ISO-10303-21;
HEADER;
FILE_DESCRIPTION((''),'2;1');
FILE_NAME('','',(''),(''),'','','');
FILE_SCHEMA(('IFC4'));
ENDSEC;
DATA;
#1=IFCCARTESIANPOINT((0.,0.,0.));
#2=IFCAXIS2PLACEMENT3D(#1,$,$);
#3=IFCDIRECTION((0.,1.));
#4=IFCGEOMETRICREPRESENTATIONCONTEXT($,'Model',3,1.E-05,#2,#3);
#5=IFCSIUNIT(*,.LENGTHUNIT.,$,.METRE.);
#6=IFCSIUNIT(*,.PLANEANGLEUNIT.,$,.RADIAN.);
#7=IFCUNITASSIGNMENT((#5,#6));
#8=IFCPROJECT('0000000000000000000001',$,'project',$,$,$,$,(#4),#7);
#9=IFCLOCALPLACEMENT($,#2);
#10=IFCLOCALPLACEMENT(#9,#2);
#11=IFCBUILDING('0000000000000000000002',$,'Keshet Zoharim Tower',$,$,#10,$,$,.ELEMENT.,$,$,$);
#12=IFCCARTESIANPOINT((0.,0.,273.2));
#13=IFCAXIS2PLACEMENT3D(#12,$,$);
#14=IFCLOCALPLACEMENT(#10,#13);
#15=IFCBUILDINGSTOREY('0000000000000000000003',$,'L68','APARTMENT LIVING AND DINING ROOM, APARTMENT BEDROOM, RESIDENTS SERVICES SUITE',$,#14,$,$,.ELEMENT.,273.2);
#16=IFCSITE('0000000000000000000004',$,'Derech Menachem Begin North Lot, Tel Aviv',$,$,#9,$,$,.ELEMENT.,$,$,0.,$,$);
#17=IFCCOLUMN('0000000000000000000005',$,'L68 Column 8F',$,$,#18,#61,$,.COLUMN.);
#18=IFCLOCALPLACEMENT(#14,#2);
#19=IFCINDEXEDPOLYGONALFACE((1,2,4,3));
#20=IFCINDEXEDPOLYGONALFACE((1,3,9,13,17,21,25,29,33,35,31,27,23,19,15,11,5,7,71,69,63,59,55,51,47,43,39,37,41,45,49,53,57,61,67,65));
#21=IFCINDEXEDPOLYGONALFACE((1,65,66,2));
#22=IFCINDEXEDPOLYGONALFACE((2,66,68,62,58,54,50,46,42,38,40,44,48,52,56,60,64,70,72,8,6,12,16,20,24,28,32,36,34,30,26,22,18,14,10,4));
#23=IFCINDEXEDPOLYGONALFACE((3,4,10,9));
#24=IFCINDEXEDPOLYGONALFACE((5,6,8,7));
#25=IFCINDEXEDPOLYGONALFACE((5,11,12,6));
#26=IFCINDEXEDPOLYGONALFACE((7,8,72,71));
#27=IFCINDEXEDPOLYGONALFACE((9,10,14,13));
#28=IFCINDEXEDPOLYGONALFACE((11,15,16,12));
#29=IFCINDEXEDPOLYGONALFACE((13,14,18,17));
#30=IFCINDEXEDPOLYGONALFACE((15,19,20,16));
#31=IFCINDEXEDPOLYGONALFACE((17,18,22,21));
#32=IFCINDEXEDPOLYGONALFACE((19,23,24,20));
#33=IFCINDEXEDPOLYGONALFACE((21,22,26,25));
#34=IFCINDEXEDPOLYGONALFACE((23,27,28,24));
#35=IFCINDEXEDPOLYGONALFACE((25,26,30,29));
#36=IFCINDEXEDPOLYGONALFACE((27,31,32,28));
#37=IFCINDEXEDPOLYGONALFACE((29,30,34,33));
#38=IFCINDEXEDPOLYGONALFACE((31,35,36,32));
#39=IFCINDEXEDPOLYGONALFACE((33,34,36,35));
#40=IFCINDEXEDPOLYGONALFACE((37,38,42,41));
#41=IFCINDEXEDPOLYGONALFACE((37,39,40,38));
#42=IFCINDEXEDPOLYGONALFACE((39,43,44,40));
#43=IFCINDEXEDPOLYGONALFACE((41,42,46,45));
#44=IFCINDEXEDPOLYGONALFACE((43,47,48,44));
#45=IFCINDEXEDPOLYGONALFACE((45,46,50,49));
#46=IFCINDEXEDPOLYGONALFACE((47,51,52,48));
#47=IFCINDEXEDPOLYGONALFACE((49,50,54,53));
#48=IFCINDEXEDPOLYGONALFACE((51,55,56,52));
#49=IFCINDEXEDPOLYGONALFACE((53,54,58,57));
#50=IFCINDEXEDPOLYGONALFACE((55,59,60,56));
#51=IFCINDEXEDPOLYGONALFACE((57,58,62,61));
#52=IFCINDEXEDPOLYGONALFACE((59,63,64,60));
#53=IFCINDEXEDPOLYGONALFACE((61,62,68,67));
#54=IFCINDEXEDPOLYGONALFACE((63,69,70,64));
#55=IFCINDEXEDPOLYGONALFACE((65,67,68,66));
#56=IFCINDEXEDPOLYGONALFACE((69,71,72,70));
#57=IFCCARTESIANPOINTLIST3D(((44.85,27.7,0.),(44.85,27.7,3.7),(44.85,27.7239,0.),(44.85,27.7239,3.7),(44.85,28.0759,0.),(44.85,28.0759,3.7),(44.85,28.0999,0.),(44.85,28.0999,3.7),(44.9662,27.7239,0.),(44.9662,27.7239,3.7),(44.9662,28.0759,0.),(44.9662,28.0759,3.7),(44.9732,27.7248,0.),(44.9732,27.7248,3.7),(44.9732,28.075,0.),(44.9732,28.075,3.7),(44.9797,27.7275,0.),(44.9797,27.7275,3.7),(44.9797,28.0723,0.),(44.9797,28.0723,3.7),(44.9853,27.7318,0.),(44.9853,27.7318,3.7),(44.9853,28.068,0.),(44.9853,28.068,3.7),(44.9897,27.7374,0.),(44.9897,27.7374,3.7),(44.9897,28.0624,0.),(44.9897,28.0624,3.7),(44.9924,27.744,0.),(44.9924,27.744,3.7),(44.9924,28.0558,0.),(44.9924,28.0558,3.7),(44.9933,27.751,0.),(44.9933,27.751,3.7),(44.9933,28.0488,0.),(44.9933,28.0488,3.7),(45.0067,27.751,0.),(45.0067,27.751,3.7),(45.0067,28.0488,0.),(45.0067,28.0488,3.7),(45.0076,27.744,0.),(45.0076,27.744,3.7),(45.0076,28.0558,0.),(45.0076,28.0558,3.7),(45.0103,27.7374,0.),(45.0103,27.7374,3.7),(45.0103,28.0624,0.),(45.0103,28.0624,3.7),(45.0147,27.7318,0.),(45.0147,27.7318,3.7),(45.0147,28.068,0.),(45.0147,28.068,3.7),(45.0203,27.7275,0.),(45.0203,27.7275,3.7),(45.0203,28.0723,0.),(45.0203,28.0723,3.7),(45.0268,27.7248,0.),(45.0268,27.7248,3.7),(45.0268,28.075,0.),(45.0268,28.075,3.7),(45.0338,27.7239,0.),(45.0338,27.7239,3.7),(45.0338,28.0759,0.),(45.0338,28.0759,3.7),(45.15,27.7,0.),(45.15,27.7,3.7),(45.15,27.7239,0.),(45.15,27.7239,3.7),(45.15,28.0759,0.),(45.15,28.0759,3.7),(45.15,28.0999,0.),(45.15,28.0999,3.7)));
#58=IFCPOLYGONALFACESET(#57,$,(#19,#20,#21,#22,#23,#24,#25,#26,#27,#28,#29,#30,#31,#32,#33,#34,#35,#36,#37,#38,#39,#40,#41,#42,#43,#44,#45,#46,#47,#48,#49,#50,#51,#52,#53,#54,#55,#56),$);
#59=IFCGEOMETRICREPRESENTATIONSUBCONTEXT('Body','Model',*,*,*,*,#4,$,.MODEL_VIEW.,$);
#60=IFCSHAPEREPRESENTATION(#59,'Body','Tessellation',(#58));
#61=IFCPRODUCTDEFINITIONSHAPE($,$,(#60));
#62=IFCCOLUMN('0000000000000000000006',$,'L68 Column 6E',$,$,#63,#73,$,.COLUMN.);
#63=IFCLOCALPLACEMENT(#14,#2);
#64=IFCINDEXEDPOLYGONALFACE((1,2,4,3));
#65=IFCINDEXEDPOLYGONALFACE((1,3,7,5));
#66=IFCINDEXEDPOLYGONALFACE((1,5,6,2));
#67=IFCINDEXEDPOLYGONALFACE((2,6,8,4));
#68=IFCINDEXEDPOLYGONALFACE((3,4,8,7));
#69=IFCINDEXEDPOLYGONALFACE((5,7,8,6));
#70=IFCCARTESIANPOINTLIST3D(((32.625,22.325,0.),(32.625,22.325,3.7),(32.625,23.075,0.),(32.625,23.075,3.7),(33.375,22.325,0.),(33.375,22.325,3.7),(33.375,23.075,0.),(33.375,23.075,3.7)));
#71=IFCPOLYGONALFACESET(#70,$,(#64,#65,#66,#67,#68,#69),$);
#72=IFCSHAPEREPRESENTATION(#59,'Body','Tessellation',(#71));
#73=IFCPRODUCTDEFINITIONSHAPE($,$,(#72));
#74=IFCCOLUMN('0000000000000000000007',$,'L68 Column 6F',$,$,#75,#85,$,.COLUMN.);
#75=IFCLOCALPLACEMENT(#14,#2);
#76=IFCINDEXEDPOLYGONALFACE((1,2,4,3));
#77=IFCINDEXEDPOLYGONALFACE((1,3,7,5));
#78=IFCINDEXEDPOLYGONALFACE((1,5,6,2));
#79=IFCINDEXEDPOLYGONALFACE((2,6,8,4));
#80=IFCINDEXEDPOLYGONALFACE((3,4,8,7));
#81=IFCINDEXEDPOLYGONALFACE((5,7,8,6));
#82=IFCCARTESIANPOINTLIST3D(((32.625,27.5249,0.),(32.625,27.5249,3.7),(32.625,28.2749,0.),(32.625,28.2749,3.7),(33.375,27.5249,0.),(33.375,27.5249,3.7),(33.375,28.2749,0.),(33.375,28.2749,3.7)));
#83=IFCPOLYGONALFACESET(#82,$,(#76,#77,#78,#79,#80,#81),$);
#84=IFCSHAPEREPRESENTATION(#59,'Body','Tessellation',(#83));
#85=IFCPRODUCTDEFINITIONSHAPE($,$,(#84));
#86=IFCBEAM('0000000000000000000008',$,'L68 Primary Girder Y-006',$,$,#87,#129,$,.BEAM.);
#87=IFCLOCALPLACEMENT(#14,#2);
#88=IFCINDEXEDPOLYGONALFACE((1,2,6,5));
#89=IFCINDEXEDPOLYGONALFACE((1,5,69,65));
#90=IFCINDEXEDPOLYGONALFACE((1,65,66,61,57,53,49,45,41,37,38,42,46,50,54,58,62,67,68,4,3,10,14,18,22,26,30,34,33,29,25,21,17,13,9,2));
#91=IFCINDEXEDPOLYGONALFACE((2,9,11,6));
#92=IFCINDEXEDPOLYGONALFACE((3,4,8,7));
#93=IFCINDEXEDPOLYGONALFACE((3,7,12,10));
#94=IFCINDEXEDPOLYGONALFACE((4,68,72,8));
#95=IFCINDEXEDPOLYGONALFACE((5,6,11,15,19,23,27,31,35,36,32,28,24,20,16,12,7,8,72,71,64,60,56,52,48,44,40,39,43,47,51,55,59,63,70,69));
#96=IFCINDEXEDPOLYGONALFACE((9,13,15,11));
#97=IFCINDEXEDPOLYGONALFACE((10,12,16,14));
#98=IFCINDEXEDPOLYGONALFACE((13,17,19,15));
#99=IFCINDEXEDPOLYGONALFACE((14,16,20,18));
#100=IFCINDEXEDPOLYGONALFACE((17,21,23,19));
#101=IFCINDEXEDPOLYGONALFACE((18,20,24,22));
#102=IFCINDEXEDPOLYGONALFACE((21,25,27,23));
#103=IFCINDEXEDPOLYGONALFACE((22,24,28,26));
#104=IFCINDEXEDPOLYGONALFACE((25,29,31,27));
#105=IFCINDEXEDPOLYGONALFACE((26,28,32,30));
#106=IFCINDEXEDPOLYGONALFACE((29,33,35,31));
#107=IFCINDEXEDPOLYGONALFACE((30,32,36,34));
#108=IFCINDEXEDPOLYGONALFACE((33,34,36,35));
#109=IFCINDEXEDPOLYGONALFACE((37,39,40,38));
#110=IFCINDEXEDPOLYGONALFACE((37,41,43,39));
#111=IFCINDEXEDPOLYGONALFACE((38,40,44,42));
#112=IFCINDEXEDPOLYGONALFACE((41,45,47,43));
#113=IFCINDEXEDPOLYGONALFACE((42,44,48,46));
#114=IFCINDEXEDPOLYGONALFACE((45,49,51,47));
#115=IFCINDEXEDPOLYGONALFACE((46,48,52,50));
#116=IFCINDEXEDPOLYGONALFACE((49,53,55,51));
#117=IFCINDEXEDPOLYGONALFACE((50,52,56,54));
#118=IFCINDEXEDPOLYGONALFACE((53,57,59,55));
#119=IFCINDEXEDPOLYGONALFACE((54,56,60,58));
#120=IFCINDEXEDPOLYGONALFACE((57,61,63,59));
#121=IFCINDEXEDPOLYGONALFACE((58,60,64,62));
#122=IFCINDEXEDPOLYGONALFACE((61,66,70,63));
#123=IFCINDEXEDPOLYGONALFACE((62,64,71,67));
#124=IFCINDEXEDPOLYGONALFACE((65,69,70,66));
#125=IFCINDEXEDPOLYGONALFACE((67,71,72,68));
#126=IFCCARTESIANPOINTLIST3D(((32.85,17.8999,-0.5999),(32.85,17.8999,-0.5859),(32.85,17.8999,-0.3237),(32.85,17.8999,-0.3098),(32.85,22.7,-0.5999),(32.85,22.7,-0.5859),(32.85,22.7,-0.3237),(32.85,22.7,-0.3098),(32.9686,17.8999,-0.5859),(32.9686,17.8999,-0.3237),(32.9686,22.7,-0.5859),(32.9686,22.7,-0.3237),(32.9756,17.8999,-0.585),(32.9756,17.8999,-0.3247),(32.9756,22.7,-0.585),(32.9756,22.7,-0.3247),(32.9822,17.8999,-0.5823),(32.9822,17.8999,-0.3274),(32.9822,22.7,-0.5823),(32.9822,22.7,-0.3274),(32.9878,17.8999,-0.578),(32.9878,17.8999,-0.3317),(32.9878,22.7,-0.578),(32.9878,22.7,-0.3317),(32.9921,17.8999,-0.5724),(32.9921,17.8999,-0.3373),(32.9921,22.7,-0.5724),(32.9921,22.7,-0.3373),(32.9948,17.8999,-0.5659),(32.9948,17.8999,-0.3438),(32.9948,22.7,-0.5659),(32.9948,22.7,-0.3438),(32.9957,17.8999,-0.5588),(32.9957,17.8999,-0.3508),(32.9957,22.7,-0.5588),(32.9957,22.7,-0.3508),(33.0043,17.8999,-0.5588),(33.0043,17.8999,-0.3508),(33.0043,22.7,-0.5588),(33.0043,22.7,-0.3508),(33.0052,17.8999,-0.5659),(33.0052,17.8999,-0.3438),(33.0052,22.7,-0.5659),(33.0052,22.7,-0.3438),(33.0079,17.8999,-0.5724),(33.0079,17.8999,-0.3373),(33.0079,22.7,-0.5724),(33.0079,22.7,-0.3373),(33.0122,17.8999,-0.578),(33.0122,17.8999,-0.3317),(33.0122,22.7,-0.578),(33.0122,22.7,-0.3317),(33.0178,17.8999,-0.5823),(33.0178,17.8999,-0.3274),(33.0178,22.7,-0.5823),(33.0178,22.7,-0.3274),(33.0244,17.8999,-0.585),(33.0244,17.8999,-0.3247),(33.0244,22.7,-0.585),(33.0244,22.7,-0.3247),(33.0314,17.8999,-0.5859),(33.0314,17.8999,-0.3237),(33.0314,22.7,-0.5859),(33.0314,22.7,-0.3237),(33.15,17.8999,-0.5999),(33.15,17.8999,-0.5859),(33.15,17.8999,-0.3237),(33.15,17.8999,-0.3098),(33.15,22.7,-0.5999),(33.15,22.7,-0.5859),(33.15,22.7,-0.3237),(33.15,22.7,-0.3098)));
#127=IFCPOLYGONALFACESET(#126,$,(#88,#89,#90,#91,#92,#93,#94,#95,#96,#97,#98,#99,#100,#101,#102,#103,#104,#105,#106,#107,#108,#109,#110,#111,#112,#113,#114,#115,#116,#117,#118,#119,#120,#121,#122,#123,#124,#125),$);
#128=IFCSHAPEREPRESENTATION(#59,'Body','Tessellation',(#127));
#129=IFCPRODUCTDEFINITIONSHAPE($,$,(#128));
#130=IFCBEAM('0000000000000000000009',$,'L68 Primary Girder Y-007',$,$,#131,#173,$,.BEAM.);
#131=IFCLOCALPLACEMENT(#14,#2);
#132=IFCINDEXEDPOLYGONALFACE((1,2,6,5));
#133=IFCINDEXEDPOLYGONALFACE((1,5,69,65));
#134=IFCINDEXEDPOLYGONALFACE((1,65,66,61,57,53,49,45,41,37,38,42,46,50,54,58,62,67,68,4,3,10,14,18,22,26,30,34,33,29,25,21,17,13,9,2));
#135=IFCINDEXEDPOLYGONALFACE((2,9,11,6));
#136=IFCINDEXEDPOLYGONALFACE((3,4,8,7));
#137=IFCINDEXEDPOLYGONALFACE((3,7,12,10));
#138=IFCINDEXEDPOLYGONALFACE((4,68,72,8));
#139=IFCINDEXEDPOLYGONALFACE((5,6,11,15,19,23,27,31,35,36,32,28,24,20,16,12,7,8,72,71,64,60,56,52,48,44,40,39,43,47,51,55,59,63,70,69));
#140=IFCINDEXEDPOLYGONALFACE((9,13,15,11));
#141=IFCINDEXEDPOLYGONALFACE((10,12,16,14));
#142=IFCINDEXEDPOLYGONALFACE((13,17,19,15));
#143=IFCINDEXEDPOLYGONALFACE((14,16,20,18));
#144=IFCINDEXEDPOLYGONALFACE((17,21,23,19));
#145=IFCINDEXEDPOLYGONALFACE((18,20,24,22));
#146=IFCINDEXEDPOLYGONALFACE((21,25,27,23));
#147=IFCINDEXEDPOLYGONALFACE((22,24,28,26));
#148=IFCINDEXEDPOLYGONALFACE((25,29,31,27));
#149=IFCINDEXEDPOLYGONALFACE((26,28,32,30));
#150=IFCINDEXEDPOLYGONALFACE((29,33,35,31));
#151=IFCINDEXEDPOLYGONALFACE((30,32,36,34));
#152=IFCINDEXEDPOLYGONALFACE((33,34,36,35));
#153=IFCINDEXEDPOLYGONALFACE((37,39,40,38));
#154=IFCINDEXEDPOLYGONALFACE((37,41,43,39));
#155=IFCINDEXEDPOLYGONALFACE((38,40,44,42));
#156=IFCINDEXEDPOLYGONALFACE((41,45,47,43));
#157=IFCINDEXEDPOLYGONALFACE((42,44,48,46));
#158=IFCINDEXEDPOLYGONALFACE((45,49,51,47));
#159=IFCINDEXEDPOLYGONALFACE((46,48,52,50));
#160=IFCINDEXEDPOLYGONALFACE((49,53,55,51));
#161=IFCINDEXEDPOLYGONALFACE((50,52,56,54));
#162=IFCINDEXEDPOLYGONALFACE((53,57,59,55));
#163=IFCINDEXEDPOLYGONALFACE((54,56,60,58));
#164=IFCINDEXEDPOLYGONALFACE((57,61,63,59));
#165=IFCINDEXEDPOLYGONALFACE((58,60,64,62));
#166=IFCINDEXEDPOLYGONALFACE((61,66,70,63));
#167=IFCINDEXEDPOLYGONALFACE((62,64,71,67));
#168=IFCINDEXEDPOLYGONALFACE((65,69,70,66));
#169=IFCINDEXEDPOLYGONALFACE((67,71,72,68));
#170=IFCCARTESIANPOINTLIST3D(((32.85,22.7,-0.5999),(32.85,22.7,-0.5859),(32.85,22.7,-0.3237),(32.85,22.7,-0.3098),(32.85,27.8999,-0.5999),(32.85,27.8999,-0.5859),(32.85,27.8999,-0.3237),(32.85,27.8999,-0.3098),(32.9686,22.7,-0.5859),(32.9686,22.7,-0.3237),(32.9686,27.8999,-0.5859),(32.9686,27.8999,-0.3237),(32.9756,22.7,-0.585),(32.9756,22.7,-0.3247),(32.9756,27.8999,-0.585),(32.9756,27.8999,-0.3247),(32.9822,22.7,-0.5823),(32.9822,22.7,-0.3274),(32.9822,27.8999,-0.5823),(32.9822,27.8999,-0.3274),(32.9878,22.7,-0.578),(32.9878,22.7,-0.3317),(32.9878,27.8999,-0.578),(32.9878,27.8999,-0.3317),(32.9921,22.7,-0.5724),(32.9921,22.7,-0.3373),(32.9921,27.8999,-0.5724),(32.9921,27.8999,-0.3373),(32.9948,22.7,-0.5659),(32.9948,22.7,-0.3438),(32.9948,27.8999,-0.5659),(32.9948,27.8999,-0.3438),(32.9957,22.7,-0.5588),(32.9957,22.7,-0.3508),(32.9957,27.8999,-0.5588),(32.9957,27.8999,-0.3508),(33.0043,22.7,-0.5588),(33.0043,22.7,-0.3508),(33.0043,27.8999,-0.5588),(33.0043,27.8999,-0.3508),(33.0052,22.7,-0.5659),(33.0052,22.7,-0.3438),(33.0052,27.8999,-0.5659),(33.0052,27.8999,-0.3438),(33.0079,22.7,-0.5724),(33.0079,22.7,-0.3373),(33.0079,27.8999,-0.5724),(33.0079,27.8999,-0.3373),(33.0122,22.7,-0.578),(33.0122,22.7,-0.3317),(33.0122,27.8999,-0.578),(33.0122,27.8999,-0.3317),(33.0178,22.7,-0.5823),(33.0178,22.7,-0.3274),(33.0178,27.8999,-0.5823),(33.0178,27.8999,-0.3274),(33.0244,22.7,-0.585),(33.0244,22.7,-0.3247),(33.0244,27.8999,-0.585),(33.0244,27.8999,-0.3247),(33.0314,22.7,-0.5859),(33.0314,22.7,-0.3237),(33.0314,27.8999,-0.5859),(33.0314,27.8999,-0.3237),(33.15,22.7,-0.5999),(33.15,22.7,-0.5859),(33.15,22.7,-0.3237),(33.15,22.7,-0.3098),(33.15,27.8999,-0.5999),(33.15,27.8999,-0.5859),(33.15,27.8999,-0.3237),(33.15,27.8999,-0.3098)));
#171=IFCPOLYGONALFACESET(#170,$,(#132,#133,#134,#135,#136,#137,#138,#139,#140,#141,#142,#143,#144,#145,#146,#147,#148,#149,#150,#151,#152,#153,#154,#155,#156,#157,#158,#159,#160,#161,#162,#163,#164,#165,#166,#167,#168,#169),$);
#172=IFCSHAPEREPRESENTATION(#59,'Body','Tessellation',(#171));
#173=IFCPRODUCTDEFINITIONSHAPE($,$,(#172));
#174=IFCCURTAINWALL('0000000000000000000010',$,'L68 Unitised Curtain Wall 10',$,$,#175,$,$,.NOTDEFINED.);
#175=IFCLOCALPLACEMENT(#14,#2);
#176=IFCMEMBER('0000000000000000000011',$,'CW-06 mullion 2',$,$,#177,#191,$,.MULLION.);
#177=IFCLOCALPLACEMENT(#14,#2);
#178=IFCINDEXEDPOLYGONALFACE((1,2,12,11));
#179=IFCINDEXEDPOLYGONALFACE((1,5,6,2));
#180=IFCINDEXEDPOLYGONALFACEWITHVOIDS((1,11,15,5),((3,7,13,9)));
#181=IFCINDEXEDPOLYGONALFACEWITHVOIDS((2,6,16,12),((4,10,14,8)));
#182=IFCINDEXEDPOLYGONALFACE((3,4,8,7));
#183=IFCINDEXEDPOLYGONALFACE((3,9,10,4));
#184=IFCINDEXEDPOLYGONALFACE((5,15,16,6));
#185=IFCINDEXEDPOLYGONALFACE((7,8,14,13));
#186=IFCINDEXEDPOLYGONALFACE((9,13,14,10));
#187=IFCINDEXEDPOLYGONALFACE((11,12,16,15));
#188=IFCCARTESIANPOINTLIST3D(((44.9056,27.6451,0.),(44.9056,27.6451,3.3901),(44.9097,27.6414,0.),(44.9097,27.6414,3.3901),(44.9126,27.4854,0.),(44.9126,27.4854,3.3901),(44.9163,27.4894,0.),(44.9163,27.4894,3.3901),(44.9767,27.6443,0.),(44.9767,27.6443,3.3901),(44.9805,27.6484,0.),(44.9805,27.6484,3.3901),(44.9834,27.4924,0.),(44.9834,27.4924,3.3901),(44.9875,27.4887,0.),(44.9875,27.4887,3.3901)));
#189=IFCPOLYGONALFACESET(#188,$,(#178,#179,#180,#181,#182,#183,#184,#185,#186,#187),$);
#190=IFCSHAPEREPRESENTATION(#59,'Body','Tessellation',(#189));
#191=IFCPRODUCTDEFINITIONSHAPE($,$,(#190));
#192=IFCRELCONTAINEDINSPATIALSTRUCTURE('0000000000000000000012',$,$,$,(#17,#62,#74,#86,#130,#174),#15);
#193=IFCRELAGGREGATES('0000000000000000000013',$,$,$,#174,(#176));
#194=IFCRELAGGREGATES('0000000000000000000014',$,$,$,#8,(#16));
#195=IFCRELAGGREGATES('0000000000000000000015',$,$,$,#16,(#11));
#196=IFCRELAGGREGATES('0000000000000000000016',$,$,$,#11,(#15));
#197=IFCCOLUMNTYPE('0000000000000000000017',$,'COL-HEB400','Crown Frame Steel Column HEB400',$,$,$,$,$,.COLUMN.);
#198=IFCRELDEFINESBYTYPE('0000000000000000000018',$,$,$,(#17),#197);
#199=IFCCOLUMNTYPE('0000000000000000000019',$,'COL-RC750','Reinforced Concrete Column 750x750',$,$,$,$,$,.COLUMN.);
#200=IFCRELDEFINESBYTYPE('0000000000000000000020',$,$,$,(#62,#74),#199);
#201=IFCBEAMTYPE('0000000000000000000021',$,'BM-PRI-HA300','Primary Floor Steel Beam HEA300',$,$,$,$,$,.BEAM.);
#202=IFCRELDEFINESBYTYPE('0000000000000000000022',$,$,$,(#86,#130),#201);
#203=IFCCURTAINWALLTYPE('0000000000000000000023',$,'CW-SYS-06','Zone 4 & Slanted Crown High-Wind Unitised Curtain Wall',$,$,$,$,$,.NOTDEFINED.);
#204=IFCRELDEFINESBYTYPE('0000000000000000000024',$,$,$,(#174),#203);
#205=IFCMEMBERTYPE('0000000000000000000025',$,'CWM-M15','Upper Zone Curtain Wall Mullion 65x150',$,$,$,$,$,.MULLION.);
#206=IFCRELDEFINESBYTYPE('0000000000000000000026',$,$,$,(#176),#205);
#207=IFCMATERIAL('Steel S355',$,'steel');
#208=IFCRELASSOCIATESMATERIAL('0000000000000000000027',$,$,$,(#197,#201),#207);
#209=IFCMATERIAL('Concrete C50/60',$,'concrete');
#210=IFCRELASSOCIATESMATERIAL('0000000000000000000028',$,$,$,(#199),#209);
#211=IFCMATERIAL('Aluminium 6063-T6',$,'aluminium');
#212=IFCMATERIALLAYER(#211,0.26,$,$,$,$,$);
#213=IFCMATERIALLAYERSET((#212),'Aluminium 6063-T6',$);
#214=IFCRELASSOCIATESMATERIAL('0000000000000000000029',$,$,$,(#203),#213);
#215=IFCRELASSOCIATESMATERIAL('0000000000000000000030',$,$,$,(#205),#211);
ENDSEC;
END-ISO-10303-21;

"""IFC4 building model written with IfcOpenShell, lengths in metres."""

from ifc_helpers import new_model, si_unit, direction, frame, origin, origin_2d, place, context, subcontext, project, spatial, rectangle, hollow_rectangle, i_section, extrude, material, layer, layer_set, material_profile, profile_set, type_object, element, aggregate, save


model = new_model("IFC4")

# Units and contexts
model_context = context("Model", 3, precision=1e-05, world=origin(), true_north=direction((0.0, 1.0)))
body_context = subcontext(model_context, "Body", "Model", "MODEL_VIEW")
ifc_project = project(units=[si_unit("LENGTHUNIT", "METRE"), si_unit("PLANEANGLEUNIT", "RADIAN")], contexts=[model_context])

# Site, building, storey
site_placement = place(None, origin())
site = spatial("IfcSite", under=ifc_project, at=site_placement, Name="Derech Menachem Begin North Lot, Tel Aviv", CompositionType="ELEMENT", RefElevation=0.0)
building_placement = place(site_placement, origin())
building = spatial("IfcBuilding", under=site, at=building_placement, Name="Keshet Zoharim Tower", CompositionType="ELEMENT")
storey_placement = place(building_placement, frame((0.0, 0.0, 273.2)))
storey = spatial("IfcBuildingStorey", under=building, at=storey_placement, Name="L68", Description="APARTMENT LIVING AND DINING ROOM, APARTMENT BEDROOM, RESIDENTS SERVICES SUITE", CompositionType="ELEMENT", Elevation=273.2)

# Columns
ifc_material_1 = material(Name="Steel S355", Category="steel")
ifc_material_profile_1 = material_profile(ifc_material_1, i_section(OverallWidth=0.3, OverallDepth=0.3999, WebThickness=0.0134, FlangeThickness=0.0239, FilletRadius=0.0271, at=origin_2d()), Name="HEB400")
ifc_profile_set_1 = profile_set([ifc_material_profile_1], Name="Steel S355")
column_type_1 = type_object("IfcColumnType", Name="COL-HEB400", Description="Crown Frame Steel Column HEB400", PredefinedType="COLUMN", material=ifc_profile_set_1)
column_placement = place(storey_placement, frame((45.0, 27.8999, 0.0), z_axis=(0.0, 0.0, 1.0), x_axis=(1.0, 0.0, 0.0)))
element("IfcColumn", 1, at=column_placement, inside=storey, type_object=column_type_1, Name="L68 Column 8F", PredefinedType="COLUMN", context=body_context, shape_type="SweptSolid", body=[
    extrude(i_section(OverallWidth=0.3, OverallDepth=0.3999, WebThickness=0.0134, FlangeThickness=0.0239, FilletRadius=0.0271, at=origin_2d()), origin(), (0.0, 0.0, 1.0), 3.7),
])
ifc_material_2 = material(Name="Concrete C50/60", Category="concrete")
ifc_material_profile_2 = material_profile(ifc_material_2, rectangle(XDim=0.75, YDim=0.75, at=origin_2d()), Name="RC750x750")
ifc_profile_set_2 = profile_set([ifc_material_profile_2], Name="Concrete C50/60")
column_type_2 = type_object("IfcColumnType", Name="COL-RC750", Description="Reinforced Concrete Column 750x750", PredefinedType="COLUMN", material=ifc_profile_set_2)
for number, where, z_axis, x_axis, name in (
    (2, (33.0, 22.7, 0.0), (0.0, 0.0, 1.0), (1.0, 0.0, 0.0), "L68 Column 6E"),
    (3, (33.0, 27.8999, 0.0), (0.0, 0.0, 1.0), (1.0, 0.0, 0.0), "L68 Column 6F"),
):
    element("IfcColumn", number, at=place(storey_placement, frame(where, z_axis=z_axis, x_axis=x_axis)), inside=storey, type_object=column_type_2, Name=name, PredefinedType="COLUMN", context=body_context, shape_type="SweptSolid", body=[
        extrude(rectangle(XDim=0.75, YDim=0.75, at=origin_2d()), origin(), (0.0, 0.0, 1.0), 3.7),
    ])

# Beams
ifc_material_profile_3 = material_profile(ifc_material_1, i_section(OverallWidth=0.3, OverallDepth=0.29, WebThickness=0.0085, FlangeThickness=0.0139, FilletRadius=0.0271, at=origin_2d()), Name="HEA300")
ifc_profile_set_3 = profile_set([ifc_material_profile_3], Name="Steel S355")
beam_type = type_object("IfcBeamType", Name="BM-PRI-HA300", Description="Primary Floor Steel Beam HEA300", PredefinedType="BEAM", material=ifc_profile_set_3)
beam_1_placement = place(storey_placement, frame((33.0, 17.8999, -0.4548), z_axis=(0.0, 1.0, 0.0), x_axis=(-1.0, 0.0, 0.0)))
element("IfcBeam", 4, at=beam_1_placement, inside=storey, type_object=beam_type, Name="L68 Primary Girder Y-006", PredefinedType="BEAM", context=body_context, shape_type="SweptSolid", body=[
    extrude(i_section(OverallWidth=0.3, OverallDepth=0.29, WebThickness=0.0085, FlangeThickness=0.0139, FilletRadius=0.0271, at=origin_2d()), origin(), (0.0, 0.0, 1.0), 4.8),
])
beam_2_placement = place(storey_placement, frame((33.0, 22.7, -0.4548), z_axis=(0.0, 1.0, 0.0), x_axis=(-1.0, 0.0, 0.0)))
element("IfcBeam", 5, at=beam_2_placement, inside=storey, type_object=beam_type, Name="L68 Primary Girder Y-007", PredefinedType="BEAM", context=body_context, shape_type="SweptSolid", body=[
    extrude(i_section(OverallWidth=0.3, OverallDepth=0.29, WebThickness=0.0085, FlangeThickness=0.0139, FilletRadius=0.0271, at=origin_2d()), origin(), (0.0, 0.0, 1.0), 5.2),
])

# Curtain wall, member
ifc_material_3 = material(Name="Aluminium 6063-T6", Category="aluminium")
ifc_layer_1 = layer(ifc_material_3, 0.26)
ifc_layer_set_1 = layer_set([ifc_layer_1], Name="Aluminium 6063-T6")
curtain_wall_type = type_object("IfcCurtainWallType", Name="CW-SYS-06", Description="Zone 4 & Slanted Crown High-Wind Unitised Curtain Wall", PredefinedType="NOTDEFINED", material=ifc_layer_set_1)
curtain_wall_1_placement = place(storey_placement, origin())
curtain_wall_1 = element("IfcCurtainWall", 6, at=curtain_wall_1_placement, inside=storey, type_object=curtain_wall_type, Name="L68 Unitised Curtain Wall 10", PredefinedType="NOTDEFINED")
ifc_material_profile_4 = material_profile(ifc_material_3, hollow_rectangle(XDim=0.075, YDim=0.1599, WallThickness=0.0039, at=origin_2d()), Name="MUL-75x160")
ifc_profile_set_4 = profile_set([ifc_material_profile_4], Name="Aluminium 6063-T6")
member_type_1 = type_object("IfcMemberType", Name="CWM-M15", Description="Upper Zone Curtain Wall Mullion 65x150", PredefinedType="MULLION", material=ifc_profile_set_4)
member_1_placement = place(storey_placement, frame((44.9465, 27.5669, 0.0), z_axis=(0.0, 0.0, 1.0), x_axis=(0.999041, 0.043794, 0.0)))
member_1 = element("IfcMember", 7, at=member_1_placement, type_object=member_type_1, Name="CW-06 mullion 2", PredefinedType="MULLION", context=body_context, shape_type="SweptSolid", body=[
    extrude(hollow_rectangle(XDim=0.075, YDim=0.1599, WallThickness=0.0039, at=origin_2d()), origin(), (0.0, 0.0, 1.0), 3.3901),
])

aggregate(curtain_wall_1, [member_1])

save(model, "model.ifc")
